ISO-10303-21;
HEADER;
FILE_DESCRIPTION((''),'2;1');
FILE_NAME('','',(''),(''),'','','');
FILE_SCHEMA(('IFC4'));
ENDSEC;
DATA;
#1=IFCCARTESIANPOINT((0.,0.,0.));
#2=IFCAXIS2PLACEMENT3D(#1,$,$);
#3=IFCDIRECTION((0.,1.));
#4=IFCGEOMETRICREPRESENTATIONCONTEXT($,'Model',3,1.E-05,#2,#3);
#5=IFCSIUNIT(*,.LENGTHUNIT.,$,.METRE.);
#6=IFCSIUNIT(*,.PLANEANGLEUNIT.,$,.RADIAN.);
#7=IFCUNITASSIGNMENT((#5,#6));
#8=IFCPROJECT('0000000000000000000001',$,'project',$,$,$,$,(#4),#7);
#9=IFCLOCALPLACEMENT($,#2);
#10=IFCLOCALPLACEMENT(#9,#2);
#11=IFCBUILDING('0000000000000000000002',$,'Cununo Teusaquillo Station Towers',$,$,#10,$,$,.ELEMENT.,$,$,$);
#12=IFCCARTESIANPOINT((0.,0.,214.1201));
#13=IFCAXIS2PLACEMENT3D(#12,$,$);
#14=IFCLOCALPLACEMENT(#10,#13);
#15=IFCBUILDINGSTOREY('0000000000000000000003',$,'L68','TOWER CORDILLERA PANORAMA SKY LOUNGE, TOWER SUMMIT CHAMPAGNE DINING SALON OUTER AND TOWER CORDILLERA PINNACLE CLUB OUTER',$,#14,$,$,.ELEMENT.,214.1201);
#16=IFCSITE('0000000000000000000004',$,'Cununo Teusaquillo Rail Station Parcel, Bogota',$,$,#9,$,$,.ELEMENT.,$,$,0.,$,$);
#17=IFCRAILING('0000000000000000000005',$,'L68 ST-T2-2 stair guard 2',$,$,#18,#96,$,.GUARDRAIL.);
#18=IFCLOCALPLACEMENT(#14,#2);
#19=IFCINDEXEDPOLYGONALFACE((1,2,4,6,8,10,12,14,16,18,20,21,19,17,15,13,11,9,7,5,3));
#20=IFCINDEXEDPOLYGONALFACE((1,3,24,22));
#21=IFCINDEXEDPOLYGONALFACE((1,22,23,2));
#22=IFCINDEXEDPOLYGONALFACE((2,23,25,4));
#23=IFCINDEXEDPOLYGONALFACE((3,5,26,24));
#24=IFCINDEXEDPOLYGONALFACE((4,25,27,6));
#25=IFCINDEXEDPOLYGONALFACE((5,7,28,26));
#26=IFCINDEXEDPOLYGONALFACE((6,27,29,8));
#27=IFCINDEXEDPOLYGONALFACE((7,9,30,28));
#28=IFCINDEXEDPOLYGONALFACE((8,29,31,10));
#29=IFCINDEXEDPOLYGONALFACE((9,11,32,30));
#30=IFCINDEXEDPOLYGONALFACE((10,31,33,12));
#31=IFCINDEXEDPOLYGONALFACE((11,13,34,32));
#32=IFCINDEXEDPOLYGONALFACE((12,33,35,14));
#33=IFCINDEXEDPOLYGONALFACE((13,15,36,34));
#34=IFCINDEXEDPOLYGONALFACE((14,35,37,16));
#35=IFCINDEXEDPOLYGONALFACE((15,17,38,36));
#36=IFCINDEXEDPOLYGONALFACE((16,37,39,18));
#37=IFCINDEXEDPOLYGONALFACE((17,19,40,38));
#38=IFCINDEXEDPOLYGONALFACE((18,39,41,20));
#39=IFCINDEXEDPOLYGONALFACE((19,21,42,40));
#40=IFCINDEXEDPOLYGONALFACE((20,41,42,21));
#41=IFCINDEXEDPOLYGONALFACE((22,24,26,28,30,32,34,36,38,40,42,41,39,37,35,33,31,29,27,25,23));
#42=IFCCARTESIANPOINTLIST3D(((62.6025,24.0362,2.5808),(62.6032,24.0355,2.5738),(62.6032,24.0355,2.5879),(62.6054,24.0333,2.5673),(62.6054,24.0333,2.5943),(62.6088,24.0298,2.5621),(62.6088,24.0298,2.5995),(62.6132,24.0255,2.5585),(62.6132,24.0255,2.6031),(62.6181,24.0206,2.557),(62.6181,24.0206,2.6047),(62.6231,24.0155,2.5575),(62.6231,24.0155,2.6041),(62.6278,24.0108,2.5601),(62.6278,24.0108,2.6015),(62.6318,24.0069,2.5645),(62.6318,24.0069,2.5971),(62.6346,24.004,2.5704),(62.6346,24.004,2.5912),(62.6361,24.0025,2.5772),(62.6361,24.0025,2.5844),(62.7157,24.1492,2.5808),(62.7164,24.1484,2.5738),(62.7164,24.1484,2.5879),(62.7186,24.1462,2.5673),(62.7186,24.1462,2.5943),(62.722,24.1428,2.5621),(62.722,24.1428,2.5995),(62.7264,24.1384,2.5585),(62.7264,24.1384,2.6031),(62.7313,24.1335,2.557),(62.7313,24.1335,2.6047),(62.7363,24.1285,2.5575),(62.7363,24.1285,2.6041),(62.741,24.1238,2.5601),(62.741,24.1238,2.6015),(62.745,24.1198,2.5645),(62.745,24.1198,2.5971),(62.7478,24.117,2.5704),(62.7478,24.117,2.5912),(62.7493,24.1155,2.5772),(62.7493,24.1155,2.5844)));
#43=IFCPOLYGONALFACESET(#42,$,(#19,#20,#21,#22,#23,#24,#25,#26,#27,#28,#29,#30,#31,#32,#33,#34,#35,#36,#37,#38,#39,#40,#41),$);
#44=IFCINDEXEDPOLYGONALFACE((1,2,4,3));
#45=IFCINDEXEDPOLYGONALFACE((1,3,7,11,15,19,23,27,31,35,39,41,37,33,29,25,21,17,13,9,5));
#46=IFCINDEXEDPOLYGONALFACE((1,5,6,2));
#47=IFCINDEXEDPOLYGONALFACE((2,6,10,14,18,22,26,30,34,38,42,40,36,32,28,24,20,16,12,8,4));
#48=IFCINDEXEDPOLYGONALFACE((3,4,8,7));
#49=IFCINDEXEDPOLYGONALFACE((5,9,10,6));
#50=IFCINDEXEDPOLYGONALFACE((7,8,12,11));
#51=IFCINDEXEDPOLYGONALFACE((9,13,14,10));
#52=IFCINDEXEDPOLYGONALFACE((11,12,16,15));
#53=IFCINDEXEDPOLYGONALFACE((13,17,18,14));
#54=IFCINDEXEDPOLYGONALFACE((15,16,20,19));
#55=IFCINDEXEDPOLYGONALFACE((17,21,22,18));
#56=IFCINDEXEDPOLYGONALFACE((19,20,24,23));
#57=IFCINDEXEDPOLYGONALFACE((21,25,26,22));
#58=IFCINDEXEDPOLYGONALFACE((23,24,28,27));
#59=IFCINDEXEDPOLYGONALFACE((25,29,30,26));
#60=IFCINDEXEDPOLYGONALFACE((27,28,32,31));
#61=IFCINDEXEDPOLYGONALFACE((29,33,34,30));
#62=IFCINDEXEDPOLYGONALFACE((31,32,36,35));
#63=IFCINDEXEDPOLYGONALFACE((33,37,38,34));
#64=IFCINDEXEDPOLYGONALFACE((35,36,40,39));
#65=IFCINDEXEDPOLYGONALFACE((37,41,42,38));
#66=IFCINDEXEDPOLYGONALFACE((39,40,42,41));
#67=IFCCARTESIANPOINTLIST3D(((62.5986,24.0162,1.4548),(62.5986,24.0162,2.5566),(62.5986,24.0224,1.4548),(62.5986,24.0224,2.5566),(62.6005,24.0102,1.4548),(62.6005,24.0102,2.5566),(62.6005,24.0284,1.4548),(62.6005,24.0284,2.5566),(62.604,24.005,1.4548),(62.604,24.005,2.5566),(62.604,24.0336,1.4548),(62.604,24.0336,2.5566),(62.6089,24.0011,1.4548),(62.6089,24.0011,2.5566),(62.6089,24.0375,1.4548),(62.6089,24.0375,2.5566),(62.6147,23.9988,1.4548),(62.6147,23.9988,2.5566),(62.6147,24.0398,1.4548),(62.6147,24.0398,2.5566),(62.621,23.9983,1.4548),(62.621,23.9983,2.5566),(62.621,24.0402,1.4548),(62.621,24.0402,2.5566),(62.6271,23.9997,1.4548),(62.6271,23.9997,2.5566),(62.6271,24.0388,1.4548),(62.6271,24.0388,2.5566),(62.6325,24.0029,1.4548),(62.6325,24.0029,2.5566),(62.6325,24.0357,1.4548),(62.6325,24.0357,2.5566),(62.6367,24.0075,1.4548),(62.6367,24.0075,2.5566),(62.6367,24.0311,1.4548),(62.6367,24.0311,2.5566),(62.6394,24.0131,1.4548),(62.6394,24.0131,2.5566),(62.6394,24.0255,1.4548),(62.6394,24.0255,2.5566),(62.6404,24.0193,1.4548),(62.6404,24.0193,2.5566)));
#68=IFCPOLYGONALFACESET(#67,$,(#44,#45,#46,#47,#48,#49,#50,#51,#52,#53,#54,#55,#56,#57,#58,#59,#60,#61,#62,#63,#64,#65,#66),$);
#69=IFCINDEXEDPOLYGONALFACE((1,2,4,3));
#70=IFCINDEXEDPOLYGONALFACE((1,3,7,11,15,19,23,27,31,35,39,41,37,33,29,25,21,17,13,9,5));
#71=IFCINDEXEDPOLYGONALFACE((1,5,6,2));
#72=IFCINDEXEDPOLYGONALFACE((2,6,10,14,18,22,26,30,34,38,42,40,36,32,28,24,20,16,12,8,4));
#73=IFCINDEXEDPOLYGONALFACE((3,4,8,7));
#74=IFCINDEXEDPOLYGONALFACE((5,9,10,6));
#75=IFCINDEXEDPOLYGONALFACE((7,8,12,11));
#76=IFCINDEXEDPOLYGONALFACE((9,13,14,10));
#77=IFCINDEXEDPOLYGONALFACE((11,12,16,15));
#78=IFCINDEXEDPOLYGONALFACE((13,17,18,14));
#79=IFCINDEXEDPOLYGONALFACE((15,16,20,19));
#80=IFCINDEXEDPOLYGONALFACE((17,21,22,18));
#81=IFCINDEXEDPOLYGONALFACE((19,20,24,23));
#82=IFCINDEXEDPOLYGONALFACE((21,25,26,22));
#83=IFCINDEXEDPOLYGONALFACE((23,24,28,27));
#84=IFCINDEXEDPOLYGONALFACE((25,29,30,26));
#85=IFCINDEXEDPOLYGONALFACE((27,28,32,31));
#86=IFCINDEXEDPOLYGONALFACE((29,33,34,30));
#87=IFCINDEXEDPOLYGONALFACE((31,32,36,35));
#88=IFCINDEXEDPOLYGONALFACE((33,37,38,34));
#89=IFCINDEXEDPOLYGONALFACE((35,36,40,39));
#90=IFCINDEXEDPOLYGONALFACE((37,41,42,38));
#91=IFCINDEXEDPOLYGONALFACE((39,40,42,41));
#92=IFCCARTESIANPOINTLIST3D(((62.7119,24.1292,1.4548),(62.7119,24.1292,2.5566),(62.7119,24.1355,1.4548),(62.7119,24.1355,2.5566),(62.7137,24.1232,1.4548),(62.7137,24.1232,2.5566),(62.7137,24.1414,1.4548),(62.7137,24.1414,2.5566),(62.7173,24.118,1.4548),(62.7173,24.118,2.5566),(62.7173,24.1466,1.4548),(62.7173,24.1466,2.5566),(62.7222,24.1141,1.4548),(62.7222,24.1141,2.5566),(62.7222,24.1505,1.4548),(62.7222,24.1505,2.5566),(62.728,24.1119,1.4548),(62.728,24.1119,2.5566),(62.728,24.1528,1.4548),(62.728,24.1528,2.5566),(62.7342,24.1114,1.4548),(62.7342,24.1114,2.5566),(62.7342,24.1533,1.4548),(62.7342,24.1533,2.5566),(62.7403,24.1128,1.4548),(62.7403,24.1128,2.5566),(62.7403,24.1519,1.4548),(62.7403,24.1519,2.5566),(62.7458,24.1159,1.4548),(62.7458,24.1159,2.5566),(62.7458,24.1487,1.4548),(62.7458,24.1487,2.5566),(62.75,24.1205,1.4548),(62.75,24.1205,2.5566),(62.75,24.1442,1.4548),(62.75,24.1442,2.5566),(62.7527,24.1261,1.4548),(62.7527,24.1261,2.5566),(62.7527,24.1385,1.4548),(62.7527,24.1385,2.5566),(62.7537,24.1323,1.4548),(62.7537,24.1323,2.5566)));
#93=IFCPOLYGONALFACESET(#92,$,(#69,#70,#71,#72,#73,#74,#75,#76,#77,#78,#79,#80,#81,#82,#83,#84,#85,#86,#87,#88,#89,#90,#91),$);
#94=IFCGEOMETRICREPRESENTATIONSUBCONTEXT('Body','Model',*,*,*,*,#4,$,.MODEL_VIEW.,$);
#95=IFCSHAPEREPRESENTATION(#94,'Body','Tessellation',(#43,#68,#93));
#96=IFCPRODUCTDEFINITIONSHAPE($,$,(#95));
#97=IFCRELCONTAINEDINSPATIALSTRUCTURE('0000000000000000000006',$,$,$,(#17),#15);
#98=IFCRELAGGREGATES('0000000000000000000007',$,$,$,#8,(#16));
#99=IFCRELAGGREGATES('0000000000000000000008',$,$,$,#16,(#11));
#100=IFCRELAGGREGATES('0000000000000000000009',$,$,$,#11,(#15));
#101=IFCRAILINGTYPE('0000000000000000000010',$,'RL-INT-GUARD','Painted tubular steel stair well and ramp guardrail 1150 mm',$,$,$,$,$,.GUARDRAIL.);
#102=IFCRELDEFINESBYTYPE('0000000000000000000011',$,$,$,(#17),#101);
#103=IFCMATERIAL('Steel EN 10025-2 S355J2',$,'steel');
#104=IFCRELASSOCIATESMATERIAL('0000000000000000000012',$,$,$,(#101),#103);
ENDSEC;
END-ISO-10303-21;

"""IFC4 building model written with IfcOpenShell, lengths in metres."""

from ifc_helpers import new_model, si_unit, direction, frame, origin, origin_2d, place, context, subcontext, project, spatial, circle, extrude, material, type_object, element, save


model = new_model("IFC4")

# Units and contexts
model_context = context("Model", 3, precision=1e-05, world=origin(), true_north=direction((0.0, 1.0)))
body_context = subcontext(model_context, "Body", "Model", "MODEL_VIEW")
ifc_project = project(units=[si_unit("LENGTHUNIT", "METRE"), si_unit("PLANEANGLEUNIT", "RADIAN")], contexts=[model_context])

# Site, building, storey
site_placement = place(None, origin())
site = spatial("IfcSite", under=ifc_project, at=site_placement, Name="Cununo Teusaquillo Rail Station Parcel, Bogota", CompositionType="ELEMENT", RefElevation=0.0)
building_placement = place(site_placement, origin())
building = spatial("IfcBuilding", under=site, at=building_placement, Name="Cununo Teusaquillo Station Towers", CompositionType="ELEMENT")
storey_placement = place(building_placement, frame((0.0, 0.0, 214.1201)))
storey = spatial("IfcBuildingStorey", under=building, at=storey_placement, Name="L68", Description="TOWER CORDILLERA PANORAMA SKY LOUNGE, TOWER SUMMIT CHAMPAGNE DINING SALON OUTER AND TOWER CORDILLERA PINNACLE CLUB OUTER", CompositionType="ELEMENT", Elevation=214.1201)

# Railing
ifc_material_1 = material(Name="Steel EN 10025-2 S355J2", Category="steel")
railing_type_1 = type_object("IfcRailingType", Name="RL-INT-GUARD", Description="Painted tubular steel stair well and ramp guardrail 1150 mm", PredefinedType="GUARDRAIL", material=ifc_material_1)
railing_1_placement = place(storey_placement, frame((62.6194, 24.0193, 1.4548)))
element("IfcRailing", 1, at=railing_1_placement, inside=storey, type_object=railing_type_1, Name="L68 ST-T2-2 stair guard 2", PredefinedType="GUARDRAIL", context=body_context, shape_type="SweptSolid", body=[
    extrude(circle(Radius=0.0239, at=origin_2d()), frame((0.0, 0.0, 1.126), z_axis=(0.707869, 0.706344, 0.0), x_axis=(-0.706344, 0.707869, 0.0)), (0.0, 0.0, 1.0), 0.1599),
    extrude(circle(Radius=0.021, at=origin_2d()), origin(), (0.0, 0.0, 1.0), 1.1018),
    extrude(circle(Radius=0.021, at=origin_2d()), frame((0.1133, 0.113, 0.0)), (0.0, 0.0, 1.0), 1.1018),
])

save(model, "model.ifc")
